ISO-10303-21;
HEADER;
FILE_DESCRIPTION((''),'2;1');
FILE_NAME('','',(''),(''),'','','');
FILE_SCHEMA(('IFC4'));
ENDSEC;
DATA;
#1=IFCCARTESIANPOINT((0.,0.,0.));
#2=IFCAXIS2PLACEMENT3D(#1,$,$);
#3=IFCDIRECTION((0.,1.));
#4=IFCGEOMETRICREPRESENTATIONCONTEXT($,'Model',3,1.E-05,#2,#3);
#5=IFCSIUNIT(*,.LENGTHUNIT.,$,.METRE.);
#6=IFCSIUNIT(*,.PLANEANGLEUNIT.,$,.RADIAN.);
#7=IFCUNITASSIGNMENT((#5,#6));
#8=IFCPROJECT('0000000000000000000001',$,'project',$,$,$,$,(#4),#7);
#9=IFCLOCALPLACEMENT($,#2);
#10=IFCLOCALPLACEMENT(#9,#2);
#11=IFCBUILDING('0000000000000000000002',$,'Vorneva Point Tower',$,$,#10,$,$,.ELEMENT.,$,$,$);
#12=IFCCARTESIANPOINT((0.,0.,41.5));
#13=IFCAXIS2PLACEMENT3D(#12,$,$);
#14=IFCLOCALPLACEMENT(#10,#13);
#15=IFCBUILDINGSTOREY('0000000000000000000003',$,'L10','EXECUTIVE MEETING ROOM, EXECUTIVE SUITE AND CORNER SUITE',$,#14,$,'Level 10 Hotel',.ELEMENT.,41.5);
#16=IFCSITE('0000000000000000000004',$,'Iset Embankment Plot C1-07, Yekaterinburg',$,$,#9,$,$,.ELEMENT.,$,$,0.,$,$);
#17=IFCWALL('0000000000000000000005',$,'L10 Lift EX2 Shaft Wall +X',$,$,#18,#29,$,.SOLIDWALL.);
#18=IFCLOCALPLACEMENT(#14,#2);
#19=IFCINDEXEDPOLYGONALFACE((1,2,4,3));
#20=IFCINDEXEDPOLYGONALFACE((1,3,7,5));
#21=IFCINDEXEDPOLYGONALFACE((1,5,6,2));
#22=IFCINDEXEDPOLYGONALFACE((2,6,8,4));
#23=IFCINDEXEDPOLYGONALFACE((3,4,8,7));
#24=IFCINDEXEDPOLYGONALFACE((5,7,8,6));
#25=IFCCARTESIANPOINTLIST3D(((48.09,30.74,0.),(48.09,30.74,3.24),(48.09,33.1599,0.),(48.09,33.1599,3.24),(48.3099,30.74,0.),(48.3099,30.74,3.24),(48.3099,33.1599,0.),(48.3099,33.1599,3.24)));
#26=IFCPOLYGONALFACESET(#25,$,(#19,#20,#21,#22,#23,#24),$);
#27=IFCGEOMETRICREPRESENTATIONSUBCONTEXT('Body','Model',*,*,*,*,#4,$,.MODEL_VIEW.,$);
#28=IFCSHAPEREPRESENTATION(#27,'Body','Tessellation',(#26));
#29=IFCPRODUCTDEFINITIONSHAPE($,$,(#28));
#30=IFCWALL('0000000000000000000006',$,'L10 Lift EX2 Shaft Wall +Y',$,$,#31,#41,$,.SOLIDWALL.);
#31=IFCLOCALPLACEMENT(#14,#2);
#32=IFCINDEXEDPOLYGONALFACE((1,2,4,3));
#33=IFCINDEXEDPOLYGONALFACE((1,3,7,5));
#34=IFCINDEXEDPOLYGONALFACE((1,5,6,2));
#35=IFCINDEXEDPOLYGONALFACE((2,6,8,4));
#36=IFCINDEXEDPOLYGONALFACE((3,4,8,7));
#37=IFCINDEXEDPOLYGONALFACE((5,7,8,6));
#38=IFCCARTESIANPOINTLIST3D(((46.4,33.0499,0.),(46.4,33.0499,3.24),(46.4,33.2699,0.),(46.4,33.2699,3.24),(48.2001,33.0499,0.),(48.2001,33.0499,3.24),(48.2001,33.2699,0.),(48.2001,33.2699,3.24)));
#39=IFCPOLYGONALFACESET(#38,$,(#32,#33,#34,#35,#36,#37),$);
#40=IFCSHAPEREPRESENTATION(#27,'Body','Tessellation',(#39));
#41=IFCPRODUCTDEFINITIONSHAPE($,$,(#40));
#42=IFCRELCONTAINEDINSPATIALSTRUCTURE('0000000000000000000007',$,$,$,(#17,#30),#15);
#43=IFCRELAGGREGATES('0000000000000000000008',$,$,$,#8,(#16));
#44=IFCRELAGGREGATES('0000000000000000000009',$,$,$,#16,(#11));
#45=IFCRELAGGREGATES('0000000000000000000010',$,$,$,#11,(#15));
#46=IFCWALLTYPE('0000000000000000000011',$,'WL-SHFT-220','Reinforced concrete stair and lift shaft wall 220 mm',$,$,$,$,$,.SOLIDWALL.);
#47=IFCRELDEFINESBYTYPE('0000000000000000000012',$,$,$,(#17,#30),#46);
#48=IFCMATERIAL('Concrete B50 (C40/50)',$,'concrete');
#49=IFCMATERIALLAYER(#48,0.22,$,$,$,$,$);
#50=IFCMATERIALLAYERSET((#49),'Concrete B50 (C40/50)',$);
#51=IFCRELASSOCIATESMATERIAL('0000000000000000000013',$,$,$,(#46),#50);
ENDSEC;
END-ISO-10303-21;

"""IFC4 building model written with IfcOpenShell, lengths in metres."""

from ifc_helpers import new_model, si_unit, direction, frame, frame_2d, origin, place, context, subcontext, project, spatial, rectangle, extrude, material, layer, layer_set, type_object, element, save


model = new_model("IFC4")

# Units and contexts
model_context = context("Model", 3, precision=1e-05, world=origin(), true_north=direction((0.0, 1.0)))
body_context = subcontext(model_context, "Body", "Model", "MODEL_VIEW")
ifc_project = project(units=[si_unit("LENGTHUNIT", "METRE"), si_unit("PLANEANGLEUNIT", "RADIAN")], contexts=[model_context])

# Site, building, storey
site_placement = place(None, origin())
site = spatial("IfcSite", under=ifc_project, at=site_placement, Name="Iset Embankment Plot C1-07, Yekaterinburg", CompositionType="ELEMENT", RefElevation=0.0)
building_placement = place(site_placement, origin())
building = spatial("IfcBuilding", under=site, at=building_placement, Name="Vorneva Point Tower", CompositionType="ELEMENT")
storey_placement = place(building_placement, frame((0.0, 0.0, 41.5)))
storey = spatial("IfcBuildingStorey", under=building, at=storey_placement, Name="L10", Description="EXECUTIVE MEETING ROOM, EXECUTIVE SUITE AND CORNER SUITE", LongName="Level 10 Hotel", CompositionType="ELEMENT", Elevation=41.5)

# Walls
ifc_material_1 = material(Name="Concrete B50 (C40/50)", Category="concrete")
ifc_layer_1 = layer(ifc_material_1, 0.22)
ifc_layer_set_1 = layer_set([ifc_layer_1], Name="Concrete B50 (C40/50)")
wall_type_1 = type_object("IfcWallType", Name="WL-SHFT-220", Description="Reinforced concrete stair and lift shaft wall 220 mm", PredefinedType="SOLIDWALL", material=ifc_layer_set_1)
wall_1_placement = place(storey_placement, frame((48.2, 30.74, 0.0), z_axis=(0.0, 0.0, 1.0), x_axis=(0.0, 1.0, 0.0)))
element("IfcWall", 1, at=wall_1_placement, inside=storey, type_object=wall_type_1, Name="L10 Lift EX2 Shaft Wall +X", PredefinedType="SOLIDWALL", context=body_context, shape_type="SweptSolid", body=[
    extrude(rectangle(XDim=2.4199, YDim=0.22, at=frame_2d((1.21, 0.0))), origin(), (0.0, 0.0, 1.0), 3.24),
])
wall_2_placement = place(storey_placement, frame((48.2, 33.1599, 0.0), z_axis=(0.0, 0.0, 1.0), x_axis=(-1.0, 0.0, 0.0)))
element("IfcWall", 2, at=wall_2_placement, inside=storey, type_object=wall_type_1, Name="L10 Lift EX2 Shaft Wall +Y", PredefinedType="SOLIDWALL", context=body_context, shape_type="SweptSolid", body=[
    extrude(rectangle(XDim=1.8, YDim=0.22, at=frame_2d((0.8999, 0.0))), origin(), (0.0, 0.0, 1.0), 3.24),
])

save(model, "model.ifc")
